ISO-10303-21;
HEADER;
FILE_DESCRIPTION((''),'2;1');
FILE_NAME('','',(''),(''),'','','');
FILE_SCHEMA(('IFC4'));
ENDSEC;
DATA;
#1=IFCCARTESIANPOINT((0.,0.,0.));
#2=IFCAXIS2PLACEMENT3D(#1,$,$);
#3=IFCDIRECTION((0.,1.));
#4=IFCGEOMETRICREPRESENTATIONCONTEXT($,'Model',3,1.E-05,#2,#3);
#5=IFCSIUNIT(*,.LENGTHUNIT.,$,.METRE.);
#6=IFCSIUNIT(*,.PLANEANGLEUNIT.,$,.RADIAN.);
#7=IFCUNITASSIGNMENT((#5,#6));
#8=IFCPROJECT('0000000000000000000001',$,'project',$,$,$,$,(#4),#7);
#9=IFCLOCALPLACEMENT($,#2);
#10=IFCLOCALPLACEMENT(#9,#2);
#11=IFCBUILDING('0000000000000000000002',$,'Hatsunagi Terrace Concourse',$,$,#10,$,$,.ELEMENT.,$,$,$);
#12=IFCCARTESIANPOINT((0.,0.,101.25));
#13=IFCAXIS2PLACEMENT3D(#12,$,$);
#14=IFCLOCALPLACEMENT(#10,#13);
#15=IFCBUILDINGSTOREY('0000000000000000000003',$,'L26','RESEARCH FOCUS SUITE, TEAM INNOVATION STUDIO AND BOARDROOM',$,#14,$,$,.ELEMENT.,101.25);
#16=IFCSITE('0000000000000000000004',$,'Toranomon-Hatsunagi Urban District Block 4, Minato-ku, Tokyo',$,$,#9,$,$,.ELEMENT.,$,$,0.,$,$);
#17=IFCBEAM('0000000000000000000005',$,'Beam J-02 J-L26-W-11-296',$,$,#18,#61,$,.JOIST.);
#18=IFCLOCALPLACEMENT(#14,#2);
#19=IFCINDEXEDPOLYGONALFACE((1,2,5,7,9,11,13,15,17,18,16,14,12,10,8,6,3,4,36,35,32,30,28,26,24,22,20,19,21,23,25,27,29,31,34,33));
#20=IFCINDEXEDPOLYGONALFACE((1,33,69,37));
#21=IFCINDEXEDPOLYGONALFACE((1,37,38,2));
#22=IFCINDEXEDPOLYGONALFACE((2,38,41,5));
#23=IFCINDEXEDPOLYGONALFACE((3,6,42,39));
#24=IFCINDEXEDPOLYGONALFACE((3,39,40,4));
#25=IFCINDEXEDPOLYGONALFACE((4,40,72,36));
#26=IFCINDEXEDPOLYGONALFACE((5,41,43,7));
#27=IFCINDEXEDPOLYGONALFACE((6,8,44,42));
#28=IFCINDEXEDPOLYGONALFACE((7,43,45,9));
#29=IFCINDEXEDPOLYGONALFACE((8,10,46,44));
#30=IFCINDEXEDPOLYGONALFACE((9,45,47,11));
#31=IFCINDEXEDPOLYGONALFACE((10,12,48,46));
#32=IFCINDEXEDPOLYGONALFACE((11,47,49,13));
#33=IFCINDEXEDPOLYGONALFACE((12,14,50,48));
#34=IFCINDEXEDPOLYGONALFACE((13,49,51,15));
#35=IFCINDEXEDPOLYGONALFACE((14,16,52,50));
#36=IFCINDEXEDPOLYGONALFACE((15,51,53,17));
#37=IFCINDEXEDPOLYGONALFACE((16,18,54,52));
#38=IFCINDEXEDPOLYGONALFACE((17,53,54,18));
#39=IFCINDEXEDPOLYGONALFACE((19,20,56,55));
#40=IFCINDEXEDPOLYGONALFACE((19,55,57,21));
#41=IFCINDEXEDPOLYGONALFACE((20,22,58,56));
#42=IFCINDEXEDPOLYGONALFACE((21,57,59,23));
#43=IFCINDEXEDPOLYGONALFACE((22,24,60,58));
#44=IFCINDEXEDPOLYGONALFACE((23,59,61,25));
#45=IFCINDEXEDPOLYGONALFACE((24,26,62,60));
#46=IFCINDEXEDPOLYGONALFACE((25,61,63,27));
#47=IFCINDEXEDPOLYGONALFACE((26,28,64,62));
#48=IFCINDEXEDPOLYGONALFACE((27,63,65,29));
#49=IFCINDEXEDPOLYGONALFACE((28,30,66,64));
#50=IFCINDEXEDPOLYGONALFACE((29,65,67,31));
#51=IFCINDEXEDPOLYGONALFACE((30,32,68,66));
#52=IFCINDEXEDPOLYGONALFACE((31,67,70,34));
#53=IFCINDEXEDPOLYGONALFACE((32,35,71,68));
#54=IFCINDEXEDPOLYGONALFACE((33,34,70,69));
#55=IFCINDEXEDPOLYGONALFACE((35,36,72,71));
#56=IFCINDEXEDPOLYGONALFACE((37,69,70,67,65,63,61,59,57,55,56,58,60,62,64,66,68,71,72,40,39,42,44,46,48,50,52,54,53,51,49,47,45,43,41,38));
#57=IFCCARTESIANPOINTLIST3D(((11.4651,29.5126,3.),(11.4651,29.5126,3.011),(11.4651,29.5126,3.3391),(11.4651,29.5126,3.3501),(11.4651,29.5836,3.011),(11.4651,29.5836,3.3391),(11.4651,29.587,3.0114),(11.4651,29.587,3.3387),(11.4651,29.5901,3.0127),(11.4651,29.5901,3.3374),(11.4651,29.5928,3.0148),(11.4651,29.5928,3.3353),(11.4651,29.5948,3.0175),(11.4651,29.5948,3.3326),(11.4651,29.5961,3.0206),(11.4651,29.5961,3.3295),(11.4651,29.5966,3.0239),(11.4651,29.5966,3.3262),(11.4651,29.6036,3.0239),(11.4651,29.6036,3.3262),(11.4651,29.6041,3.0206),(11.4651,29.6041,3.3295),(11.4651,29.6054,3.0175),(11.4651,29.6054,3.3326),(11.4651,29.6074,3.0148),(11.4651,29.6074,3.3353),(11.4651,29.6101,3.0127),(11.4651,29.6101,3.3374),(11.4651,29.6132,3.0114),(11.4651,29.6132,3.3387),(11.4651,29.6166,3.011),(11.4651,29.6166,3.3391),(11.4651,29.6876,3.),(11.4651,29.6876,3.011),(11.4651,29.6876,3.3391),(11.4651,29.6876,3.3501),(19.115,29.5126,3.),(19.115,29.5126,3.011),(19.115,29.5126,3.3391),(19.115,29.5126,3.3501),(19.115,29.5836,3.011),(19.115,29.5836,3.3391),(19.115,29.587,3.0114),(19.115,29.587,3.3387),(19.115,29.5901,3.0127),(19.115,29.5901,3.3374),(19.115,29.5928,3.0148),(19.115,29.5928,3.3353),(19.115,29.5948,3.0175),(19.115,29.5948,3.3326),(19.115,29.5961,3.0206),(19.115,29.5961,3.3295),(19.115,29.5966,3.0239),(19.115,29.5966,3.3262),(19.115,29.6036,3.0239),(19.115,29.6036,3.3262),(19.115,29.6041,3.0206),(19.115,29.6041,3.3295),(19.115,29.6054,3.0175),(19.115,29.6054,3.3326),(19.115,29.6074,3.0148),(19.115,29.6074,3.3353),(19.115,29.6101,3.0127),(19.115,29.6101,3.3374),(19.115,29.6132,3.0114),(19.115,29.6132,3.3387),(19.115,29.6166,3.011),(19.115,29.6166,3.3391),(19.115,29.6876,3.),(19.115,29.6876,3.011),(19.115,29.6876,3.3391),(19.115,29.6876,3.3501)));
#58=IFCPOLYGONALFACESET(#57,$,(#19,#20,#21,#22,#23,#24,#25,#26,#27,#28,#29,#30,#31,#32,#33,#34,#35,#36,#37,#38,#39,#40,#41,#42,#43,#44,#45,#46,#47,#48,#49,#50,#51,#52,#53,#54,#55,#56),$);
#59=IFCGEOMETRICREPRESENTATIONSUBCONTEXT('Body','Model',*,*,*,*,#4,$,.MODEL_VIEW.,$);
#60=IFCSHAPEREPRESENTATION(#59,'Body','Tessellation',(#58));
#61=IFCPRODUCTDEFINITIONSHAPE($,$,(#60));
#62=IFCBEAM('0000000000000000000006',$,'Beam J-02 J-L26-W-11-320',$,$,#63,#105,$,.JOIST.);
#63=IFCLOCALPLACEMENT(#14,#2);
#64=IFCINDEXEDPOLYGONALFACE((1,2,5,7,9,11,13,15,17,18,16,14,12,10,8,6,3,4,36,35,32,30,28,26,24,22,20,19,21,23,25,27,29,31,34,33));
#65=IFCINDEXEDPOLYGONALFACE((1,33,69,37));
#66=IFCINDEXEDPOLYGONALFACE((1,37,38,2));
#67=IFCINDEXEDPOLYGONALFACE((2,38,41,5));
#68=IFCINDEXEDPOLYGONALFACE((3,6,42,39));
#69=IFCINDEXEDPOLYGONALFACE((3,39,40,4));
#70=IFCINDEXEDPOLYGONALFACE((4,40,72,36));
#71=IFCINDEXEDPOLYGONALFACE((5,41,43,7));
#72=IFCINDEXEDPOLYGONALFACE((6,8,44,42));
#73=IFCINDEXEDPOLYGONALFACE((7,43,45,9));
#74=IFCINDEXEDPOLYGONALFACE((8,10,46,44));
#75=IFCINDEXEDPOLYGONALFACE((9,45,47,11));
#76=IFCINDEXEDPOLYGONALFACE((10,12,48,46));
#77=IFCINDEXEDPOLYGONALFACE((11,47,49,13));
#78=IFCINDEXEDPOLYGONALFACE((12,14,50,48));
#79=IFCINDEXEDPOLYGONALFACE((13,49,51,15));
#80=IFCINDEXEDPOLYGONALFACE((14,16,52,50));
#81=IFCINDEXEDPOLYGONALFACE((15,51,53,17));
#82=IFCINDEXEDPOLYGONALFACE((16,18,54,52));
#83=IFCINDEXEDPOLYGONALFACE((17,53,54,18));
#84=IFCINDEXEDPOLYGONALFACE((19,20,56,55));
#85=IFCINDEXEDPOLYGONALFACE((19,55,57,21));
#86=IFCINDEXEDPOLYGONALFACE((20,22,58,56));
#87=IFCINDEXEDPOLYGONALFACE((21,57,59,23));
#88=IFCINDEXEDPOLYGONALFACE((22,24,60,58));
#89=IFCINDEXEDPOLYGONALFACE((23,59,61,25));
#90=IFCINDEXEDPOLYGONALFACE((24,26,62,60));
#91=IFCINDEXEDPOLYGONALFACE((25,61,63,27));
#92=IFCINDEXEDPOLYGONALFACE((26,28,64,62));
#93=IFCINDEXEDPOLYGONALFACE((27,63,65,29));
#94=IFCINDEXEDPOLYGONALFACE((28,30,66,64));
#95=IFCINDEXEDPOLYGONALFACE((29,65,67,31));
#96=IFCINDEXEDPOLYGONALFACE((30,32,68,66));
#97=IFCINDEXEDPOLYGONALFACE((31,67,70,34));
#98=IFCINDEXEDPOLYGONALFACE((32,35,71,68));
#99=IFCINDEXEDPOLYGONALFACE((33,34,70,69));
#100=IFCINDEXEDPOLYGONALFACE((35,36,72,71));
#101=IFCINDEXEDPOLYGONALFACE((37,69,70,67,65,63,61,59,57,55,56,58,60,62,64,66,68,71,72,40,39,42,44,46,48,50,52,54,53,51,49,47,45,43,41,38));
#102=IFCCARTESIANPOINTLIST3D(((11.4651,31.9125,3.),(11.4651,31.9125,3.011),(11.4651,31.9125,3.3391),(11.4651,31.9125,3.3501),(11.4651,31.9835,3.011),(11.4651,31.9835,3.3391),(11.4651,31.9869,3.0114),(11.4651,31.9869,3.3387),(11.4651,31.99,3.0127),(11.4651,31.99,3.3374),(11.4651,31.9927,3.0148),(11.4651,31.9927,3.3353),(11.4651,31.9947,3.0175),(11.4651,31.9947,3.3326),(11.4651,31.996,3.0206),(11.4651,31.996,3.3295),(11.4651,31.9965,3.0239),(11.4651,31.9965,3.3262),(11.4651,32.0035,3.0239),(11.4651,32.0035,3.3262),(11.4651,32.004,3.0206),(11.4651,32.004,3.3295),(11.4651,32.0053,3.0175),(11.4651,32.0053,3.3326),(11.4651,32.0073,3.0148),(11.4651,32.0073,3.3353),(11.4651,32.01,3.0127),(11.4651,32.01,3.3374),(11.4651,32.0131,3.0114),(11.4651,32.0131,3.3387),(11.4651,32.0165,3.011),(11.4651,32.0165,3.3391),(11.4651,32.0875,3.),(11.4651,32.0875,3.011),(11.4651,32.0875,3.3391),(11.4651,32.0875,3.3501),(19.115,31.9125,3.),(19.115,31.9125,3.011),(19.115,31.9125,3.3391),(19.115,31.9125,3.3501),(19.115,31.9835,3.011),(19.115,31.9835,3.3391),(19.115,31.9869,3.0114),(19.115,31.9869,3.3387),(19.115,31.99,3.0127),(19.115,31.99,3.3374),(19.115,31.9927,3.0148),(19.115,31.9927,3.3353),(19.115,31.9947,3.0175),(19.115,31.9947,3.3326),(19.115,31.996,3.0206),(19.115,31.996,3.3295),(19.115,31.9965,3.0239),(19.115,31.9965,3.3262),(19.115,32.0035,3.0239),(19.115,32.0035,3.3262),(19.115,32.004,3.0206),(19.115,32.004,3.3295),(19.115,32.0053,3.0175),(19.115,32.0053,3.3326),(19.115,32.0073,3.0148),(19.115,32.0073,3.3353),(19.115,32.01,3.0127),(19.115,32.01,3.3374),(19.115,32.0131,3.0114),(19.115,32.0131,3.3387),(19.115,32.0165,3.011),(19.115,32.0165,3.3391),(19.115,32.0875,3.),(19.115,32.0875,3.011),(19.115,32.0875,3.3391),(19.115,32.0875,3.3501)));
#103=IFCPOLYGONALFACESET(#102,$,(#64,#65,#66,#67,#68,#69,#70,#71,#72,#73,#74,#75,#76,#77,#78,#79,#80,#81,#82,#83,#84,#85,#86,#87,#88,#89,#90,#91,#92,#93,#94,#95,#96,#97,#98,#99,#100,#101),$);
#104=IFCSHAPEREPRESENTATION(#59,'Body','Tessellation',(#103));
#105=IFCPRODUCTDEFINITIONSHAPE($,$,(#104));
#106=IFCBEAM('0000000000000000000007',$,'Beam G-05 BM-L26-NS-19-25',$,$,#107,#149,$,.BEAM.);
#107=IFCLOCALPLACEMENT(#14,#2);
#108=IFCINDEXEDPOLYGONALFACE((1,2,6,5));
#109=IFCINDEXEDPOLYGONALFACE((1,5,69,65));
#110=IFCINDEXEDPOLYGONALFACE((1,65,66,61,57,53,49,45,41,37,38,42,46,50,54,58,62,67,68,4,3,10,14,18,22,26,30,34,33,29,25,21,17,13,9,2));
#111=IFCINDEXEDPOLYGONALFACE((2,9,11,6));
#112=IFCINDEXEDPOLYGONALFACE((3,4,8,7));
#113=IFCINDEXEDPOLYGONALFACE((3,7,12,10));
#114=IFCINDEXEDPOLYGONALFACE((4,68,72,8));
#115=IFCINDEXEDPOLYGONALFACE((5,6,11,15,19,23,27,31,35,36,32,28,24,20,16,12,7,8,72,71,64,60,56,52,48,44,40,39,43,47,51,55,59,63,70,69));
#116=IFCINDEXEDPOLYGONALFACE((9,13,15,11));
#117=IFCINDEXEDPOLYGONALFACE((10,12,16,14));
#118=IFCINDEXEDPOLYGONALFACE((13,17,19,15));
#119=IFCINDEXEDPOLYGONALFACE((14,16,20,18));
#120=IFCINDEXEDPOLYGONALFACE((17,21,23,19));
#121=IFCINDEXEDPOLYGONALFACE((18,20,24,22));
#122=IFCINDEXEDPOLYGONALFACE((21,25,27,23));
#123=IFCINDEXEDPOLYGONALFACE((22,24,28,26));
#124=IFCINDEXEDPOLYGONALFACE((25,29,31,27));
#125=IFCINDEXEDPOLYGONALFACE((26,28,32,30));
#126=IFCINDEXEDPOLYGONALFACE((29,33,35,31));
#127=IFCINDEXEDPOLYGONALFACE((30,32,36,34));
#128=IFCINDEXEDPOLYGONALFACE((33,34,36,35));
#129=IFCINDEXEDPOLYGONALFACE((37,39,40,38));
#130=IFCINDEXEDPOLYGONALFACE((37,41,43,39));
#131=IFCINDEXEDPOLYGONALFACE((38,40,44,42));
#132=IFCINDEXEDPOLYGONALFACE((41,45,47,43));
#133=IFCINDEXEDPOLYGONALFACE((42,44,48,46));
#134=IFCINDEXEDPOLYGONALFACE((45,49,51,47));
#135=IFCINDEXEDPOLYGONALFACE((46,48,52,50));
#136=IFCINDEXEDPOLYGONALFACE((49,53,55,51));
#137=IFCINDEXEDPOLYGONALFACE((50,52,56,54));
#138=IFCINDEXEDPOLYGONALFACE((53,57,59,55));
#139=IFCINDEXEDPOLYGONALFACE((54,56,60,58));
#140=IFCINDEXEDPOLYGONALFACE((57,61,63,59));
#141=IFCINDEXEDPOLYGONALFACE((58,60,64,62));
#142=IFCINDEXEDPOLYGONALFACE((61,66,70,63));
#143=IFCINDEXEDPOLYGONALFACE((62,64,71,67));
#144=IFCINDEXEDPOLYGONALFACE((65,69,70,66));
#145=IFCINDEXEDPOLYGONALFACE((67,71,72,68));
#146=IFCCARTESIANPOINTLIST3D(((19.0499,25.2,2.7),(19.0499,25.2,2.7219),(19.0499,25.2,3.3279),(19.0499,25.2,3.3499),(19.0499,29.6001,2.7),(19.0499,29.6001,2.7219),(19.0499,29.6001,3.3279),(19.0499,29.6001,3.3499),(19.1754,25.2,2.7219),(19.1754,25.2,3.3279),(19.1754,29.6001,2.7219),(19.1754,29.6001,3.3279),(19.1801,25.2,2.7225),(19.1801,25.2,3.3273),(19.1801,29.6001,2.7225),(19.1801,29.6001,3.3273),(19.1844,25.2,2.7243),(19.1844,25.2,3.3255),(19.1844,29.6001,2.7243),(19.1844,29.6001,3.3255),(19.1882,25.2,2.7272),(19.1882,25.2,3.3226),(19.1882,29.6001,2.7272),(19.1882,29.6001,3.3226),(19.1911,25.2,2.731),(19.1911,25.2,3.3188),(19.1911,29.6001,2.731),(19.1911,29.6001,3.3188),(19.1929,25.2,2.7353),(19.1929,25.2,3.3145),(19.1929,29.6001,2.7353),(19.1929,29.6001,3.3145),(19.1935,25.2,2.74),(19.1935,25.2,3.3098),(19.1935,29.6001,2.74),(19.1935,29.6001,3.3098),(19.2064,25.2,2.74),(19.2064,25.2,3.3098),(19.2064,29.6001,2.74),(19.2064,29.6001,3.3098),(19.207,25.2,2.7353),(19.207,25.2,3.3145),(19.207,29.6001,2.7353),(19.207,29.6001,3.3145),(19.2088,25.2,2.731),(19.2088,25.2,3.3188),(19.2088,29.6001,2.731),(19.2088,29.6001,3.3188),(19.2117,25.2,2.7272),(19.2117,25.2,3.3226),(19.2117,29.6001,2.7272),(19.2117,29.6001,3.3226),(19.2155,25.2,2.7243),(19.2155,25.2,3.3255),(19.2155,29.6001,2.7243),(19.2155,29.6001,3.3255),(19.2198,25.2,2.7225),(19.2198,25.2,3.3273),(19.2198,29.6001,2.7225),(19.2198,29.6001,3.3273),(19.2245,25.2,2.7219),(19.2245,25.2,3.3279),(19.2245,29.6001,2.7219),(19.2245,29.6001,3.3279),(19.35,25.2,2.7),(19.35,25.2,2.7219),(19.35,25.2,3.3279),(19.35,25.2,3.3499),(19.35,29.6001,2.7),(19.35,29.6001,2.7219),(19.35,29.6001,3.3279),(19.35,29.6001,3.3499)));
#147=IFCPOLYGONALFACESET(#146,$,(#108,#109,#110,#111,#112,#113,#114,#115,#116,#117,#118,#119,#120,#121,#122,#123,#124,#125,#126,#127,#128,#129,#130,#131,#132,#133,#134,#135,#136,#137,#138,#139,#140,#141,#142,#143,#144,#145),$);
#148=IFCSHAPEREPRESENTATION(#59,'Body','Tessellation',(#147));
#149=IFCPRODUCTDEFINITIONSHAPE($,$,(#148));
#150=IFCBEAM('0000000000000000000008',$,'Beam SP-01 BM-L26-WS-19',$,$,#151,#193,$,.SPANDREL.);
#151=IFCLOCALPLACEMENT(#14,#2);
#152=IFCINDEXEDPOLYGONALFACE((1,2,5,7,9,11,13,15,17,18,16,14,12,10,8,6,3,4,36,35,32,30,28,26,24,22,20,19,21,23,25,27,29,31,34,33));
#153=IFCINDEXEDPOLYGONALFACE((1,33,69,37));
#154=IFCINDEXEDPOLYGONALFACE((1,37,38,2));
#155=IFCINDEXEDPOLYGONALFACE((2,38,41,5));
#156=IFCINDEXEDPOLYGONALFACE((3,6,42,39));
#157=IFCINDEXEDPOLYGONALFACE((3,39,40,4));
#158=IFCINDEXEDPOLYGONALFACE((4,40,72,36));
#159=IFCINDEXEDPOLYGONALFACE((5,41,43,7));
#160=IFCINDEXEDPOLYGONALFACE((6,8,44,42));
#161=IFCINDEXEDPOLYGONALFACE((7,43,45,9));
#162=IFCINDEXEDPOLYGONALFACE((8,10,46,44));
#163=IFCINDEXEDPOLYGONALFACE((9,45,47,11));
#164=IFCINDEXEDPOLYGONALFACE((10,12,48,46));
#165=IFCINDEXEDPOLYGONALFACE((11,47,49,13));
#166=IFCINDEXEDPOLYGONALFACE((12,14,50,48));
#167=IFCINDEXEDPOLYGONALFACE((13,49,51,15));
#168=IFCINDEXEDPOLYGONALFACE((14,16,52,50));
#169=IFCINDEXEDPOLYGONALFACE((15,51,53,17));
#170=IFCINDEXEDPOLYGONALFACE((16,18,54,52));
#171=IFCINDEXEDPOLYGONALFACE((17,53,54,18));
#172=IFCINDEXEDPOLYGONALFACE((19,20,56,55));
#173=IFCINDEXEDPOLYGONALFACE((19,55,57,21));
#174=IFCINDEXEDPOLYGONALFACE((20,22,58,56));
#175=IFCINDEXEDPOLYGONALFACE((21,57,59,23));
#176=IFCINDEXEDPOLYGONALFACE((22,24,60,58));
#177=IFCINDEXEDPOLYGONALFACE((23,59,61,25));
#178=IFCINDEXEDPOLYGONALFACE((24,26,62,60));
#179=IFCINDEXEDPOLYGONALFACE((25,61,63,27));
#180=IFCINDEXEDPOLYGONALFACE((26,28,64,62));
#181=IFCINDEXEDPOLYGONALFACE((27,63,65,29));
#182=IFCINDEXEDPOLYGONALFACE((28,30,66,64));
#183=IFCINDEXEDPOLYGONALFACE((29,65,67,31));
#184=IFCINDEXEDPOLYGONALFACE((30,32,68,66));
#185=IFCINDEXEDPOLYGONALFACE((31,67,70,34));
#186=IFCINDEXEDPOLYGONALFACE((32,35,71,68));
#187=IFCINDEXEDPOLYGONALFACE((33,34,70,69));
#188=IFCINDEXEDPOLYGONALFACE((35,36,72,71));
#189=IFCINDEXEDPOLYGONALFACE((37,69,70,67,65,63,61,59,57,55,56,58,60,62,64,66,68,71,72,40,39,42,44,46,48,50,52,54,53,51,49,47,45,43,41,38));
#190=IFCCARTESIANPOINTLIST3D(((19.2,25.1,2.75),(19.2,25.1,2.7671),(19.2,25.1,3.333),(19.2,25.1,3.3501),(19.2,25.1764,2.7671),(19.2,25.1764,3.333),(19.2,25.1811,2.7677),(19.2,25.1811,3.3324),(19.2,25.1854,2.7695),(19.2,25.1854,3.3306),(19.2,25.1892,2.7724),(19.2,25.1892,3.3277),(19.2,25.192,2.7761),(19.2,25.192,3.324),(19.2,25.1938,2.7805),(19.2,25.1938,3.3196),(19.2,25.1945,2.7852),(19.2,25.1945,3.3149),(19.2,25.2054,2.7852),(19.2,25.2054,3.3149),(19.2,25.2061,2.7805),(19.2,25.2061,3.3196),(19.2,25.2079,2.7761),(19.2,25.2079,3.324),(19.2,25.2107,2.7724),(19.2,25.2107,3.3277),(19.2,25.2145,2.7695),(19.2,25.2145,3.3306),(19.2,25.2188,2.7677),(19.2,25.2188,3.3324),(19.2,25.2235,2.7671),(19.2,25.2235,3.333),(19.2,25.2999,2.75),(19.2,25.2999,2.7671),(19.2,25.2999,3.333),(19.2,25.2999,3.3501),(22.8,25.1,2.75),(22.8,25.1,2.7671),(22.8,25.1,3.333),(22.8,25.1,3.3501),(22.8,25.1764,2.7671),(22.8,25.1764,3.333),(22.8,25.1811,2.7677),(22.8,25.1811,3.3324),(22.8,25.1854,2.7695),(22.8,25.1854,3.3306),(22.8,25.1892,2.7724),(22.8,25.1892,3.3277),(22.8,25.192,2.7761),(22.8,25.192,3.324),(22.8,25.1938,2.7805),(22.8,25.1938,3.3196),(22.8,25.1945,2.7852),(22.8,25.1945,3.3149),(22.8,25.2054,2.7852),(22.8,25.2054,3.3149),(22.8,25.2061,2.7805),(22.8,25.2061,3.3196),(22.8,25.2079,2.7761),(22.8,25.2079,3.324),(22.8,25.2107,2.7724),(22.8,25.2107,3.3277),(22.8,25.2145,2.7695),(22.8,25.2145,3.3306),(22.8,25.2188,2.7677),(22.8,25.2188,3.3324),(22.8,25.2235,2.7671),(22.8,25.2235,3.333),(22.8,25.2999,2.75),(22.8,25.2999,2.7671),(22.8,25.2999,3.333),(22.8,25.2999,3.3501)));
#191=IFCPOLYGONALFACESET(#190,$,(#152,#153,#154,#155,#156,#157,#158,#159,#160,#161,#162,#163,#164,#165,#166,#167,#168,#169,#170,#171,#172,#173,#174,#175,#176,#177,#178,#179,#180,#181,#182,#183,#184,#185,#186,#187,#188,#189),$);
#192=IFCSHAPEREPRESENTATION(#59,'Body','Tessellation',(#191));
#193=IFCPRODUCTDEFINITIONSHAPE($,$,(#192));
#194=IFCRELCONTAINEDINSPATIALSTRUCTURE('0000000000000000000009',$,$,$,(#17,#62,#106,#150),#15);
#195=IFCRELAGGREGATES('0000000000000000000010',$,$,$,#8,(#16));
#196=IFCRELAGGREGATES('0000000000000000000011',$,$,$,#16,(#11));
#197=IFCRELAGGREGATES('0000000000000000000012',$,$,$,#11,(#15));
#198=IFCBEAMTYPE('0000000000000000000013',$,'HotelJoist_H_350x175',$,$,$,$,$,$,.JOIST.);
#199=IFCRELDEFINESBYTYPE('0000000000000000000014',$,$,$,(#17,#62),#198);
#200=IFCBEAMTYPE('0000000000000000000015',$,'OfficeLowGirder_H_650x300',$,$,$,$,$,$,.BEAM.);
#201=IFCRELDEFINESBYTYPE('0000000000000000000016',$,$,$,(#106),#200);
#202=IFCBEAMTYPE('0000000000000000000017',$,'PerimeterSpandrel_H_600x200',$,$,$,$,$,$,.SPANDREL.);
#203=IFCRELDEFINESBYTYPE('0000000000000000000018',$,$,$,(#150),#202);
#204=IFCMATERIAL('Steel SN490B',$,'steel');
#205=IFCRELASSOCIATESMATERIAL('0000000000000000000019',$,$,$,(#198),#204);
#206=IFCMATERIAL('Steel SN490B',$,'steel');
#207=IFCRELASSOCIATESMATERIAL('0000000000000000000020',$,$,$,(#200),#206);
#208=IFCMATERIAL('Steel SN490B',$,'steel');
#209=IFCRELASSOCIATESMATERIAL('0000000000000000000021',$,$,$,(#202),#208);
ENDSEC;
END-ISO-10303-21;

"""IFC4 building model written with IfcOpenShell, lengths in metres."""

from ifc_helpers import new_model, si_unit, direction, frame, origin, origin_2d, place, context, subcontext, project, spatial, i_section, extrude, material, material_profile, profile_set, type_object, element, save


model = new_model("IFC4")

# Units and contexts
model_context = context("Model", 3, precision=1e-05, world=origin(), true_north=direction((0.0, 1.0)))
body_context = subcontext(model_context, "Body", "Model", "MODEL_VIEW")
ifc_project = project(units=[si_unit("LENGTHUNIT", "METRE"), si_unit("PLANEANGLEUNIT", "RADIAN")], contexts=[model_context])

# Site, building, storey
site_placement = place(None, origin())
site = spatial("IfcSite", under=ifc_project, at=site_placement, Name="Toranomon-Hatsunagi Urban District Block 4, Minato-ku, Tokyo", CompositionType="ELEMENT", RefElevation=0.0)
building_placement = place(site_placement, origin())
building = spatial("IfcBuilding", under=site, at=building_placement, Name="Hatsunagi Terrace Concourse", CompositionType="ELEMENT")
storey_placement = place(building_placement, frame((0.0, 0.0, 101.25)))
storey = spatial("IfcBuildingStorey", under=building, at=storey_placement, Name="L26", Description="RESEARCH FOCUS SUITE, TEAM INNOVATION STUDIO AND BOARDROOM", CompositionType="ELEMENT", Elevation=101.25)

# Beams
ifc_material_1 = material(Name="Steel SN490B", Category="steel")
ifc_material_profile_1 = material_profile(ifc_material_1, i_section(OverallWidth=0.175, OverallDepth=0.3501, WebThickness=0.0071, FlangeThickness=0.011, FilletRadius=0.0129, at=origin_2d()), Name="H-350x175x7x11")
ifc_profile_set_1 = profile_set([ifc_material_profile_1], Name="Steel SN490B")
beam_type_1 = type_object("IfcBeamType", Name="HotelJoist_H_350x175", PredefinedType="JOIST", material=ifc_profile_set_1)
for number, where, z_axis, x_axis, name in (
    (1, (11.4651, 29.6001, 3.175), (1.0, 0.0, 0.0), (0.0, 1.0, 0.0), "Beam J-02 J-L26-W-11-296"),
    (2, (11.4651, 32.0, 3.175), (1.0, 0.0, 0.0), (0.0, 1.0, 0.0), "Beam J-02 J-L26-W-11-320"),
):
    element("IfcBeam", number, at=place(storey_placement, frame(where, z_axis=z_axis, x_axis=x_axis)), inside=storey, type_object=beam_type_1, Name=name, PredefinedType="JOIST", context=body_context, shape_type="SweptSolid", body=[
        extrude(i_section(OverallWidth=0.175, OverallDepth=0.3501, WebThickness=0.0071, FlangeThickness=0.011, FilletRadius=0.0129, at=origin_2d()), origin(), (0.0, 0.0, 1.0), 7.6499),
    ])
ifc_material_2 = material(Name="Steel SN490B", Category="steel")
ifc_material_profile_2 = material_profile(ifc_material_2, i_section(OverallWidth=0.3, OverallDepth=0.6499, WebThickness=0.0129, FlangeThickness=0.022, FilletRadius=0.0181, at=origin_2d()), Name="H-650x300x13x22")
ifc_profile_set_2 = profile_set([ifc_material_profile_2], Name="Steel SN490B")
beam_type_2 = type_object("IfcBeamType", Name="OfficeLowGirder_H_650x300", PredefinedType="BEAM", material=ifc_profile_set_2)
beam_1_placement = place(storey_placement, frame((19.2, 25.2, 3.0249), z_axis=(0.0, 1.0, 0.0), x_axis=(-1.0, 0.0, 0.0)))
element("IfcBeam", 3, at=beam_1_placement, inside=storey, type_object=beam_type_2, Name="Beam G-05 BM-L26-NS-19-25", PredefinedType="BEAM", context=body_context, shape_type="SweptSolid", body=[
    extrude(i_section(OverallWidth=0.3, OverallDepth=0.6499, WebThickness=0.0129, FlangeThickness=0.022, FilletRadius=0.0181, at=origin_2d()), origin(), (0.0, 0.0, 1.0), 4.4001),
])
ifc_material_3 = material(Name="Steel SN490B", Category="steel")
ifc_material_profile_3 = material_profile(ifc_material_3, i_section(OverallWidth=0.2, OverallDepth=0.6001, WebThickness=0.011, FlangeThickness=0.0171, FilletRadius=0.0181, at=origin_2d()), Name="H-600x200x11x17")
ifc_profile_set_3 = profile_set([ifc_material_profile_3], Name="Steel SN490B")
beam_type_3 = type_object("IfcBeamType", Name="PerimeterSpandrel_H_600x200", PredefinedType="SPANDREL", material=ifc_profile_set_3)
beam_2_placement = place(storey_placement, frame((19.2, 25.2, 3.05), z_axis=(1.0, 0.0, 0.0), x_axis=(0.0, 1.0, 0.0)))
element("IfcBeam", 4, at=beam_2_placement, inside=storey, type_object=beam_type_3, Name="Beam SP-01 BM-L26-WS-19", PredefinedType="SPANDREL", context=body_context, shape_type="SweptSolid", body=[
    extrude(i_section(OverallWidth=0.2, OverallDepth=0.6001, WebThickness=0.011, FlangeThickness=0.0171, FilletRadius=0.0181, at=origin_2d()), origin(), (0.0, 0.0, 1.0), 3.6001),
])

save(model, "model.ifc")
